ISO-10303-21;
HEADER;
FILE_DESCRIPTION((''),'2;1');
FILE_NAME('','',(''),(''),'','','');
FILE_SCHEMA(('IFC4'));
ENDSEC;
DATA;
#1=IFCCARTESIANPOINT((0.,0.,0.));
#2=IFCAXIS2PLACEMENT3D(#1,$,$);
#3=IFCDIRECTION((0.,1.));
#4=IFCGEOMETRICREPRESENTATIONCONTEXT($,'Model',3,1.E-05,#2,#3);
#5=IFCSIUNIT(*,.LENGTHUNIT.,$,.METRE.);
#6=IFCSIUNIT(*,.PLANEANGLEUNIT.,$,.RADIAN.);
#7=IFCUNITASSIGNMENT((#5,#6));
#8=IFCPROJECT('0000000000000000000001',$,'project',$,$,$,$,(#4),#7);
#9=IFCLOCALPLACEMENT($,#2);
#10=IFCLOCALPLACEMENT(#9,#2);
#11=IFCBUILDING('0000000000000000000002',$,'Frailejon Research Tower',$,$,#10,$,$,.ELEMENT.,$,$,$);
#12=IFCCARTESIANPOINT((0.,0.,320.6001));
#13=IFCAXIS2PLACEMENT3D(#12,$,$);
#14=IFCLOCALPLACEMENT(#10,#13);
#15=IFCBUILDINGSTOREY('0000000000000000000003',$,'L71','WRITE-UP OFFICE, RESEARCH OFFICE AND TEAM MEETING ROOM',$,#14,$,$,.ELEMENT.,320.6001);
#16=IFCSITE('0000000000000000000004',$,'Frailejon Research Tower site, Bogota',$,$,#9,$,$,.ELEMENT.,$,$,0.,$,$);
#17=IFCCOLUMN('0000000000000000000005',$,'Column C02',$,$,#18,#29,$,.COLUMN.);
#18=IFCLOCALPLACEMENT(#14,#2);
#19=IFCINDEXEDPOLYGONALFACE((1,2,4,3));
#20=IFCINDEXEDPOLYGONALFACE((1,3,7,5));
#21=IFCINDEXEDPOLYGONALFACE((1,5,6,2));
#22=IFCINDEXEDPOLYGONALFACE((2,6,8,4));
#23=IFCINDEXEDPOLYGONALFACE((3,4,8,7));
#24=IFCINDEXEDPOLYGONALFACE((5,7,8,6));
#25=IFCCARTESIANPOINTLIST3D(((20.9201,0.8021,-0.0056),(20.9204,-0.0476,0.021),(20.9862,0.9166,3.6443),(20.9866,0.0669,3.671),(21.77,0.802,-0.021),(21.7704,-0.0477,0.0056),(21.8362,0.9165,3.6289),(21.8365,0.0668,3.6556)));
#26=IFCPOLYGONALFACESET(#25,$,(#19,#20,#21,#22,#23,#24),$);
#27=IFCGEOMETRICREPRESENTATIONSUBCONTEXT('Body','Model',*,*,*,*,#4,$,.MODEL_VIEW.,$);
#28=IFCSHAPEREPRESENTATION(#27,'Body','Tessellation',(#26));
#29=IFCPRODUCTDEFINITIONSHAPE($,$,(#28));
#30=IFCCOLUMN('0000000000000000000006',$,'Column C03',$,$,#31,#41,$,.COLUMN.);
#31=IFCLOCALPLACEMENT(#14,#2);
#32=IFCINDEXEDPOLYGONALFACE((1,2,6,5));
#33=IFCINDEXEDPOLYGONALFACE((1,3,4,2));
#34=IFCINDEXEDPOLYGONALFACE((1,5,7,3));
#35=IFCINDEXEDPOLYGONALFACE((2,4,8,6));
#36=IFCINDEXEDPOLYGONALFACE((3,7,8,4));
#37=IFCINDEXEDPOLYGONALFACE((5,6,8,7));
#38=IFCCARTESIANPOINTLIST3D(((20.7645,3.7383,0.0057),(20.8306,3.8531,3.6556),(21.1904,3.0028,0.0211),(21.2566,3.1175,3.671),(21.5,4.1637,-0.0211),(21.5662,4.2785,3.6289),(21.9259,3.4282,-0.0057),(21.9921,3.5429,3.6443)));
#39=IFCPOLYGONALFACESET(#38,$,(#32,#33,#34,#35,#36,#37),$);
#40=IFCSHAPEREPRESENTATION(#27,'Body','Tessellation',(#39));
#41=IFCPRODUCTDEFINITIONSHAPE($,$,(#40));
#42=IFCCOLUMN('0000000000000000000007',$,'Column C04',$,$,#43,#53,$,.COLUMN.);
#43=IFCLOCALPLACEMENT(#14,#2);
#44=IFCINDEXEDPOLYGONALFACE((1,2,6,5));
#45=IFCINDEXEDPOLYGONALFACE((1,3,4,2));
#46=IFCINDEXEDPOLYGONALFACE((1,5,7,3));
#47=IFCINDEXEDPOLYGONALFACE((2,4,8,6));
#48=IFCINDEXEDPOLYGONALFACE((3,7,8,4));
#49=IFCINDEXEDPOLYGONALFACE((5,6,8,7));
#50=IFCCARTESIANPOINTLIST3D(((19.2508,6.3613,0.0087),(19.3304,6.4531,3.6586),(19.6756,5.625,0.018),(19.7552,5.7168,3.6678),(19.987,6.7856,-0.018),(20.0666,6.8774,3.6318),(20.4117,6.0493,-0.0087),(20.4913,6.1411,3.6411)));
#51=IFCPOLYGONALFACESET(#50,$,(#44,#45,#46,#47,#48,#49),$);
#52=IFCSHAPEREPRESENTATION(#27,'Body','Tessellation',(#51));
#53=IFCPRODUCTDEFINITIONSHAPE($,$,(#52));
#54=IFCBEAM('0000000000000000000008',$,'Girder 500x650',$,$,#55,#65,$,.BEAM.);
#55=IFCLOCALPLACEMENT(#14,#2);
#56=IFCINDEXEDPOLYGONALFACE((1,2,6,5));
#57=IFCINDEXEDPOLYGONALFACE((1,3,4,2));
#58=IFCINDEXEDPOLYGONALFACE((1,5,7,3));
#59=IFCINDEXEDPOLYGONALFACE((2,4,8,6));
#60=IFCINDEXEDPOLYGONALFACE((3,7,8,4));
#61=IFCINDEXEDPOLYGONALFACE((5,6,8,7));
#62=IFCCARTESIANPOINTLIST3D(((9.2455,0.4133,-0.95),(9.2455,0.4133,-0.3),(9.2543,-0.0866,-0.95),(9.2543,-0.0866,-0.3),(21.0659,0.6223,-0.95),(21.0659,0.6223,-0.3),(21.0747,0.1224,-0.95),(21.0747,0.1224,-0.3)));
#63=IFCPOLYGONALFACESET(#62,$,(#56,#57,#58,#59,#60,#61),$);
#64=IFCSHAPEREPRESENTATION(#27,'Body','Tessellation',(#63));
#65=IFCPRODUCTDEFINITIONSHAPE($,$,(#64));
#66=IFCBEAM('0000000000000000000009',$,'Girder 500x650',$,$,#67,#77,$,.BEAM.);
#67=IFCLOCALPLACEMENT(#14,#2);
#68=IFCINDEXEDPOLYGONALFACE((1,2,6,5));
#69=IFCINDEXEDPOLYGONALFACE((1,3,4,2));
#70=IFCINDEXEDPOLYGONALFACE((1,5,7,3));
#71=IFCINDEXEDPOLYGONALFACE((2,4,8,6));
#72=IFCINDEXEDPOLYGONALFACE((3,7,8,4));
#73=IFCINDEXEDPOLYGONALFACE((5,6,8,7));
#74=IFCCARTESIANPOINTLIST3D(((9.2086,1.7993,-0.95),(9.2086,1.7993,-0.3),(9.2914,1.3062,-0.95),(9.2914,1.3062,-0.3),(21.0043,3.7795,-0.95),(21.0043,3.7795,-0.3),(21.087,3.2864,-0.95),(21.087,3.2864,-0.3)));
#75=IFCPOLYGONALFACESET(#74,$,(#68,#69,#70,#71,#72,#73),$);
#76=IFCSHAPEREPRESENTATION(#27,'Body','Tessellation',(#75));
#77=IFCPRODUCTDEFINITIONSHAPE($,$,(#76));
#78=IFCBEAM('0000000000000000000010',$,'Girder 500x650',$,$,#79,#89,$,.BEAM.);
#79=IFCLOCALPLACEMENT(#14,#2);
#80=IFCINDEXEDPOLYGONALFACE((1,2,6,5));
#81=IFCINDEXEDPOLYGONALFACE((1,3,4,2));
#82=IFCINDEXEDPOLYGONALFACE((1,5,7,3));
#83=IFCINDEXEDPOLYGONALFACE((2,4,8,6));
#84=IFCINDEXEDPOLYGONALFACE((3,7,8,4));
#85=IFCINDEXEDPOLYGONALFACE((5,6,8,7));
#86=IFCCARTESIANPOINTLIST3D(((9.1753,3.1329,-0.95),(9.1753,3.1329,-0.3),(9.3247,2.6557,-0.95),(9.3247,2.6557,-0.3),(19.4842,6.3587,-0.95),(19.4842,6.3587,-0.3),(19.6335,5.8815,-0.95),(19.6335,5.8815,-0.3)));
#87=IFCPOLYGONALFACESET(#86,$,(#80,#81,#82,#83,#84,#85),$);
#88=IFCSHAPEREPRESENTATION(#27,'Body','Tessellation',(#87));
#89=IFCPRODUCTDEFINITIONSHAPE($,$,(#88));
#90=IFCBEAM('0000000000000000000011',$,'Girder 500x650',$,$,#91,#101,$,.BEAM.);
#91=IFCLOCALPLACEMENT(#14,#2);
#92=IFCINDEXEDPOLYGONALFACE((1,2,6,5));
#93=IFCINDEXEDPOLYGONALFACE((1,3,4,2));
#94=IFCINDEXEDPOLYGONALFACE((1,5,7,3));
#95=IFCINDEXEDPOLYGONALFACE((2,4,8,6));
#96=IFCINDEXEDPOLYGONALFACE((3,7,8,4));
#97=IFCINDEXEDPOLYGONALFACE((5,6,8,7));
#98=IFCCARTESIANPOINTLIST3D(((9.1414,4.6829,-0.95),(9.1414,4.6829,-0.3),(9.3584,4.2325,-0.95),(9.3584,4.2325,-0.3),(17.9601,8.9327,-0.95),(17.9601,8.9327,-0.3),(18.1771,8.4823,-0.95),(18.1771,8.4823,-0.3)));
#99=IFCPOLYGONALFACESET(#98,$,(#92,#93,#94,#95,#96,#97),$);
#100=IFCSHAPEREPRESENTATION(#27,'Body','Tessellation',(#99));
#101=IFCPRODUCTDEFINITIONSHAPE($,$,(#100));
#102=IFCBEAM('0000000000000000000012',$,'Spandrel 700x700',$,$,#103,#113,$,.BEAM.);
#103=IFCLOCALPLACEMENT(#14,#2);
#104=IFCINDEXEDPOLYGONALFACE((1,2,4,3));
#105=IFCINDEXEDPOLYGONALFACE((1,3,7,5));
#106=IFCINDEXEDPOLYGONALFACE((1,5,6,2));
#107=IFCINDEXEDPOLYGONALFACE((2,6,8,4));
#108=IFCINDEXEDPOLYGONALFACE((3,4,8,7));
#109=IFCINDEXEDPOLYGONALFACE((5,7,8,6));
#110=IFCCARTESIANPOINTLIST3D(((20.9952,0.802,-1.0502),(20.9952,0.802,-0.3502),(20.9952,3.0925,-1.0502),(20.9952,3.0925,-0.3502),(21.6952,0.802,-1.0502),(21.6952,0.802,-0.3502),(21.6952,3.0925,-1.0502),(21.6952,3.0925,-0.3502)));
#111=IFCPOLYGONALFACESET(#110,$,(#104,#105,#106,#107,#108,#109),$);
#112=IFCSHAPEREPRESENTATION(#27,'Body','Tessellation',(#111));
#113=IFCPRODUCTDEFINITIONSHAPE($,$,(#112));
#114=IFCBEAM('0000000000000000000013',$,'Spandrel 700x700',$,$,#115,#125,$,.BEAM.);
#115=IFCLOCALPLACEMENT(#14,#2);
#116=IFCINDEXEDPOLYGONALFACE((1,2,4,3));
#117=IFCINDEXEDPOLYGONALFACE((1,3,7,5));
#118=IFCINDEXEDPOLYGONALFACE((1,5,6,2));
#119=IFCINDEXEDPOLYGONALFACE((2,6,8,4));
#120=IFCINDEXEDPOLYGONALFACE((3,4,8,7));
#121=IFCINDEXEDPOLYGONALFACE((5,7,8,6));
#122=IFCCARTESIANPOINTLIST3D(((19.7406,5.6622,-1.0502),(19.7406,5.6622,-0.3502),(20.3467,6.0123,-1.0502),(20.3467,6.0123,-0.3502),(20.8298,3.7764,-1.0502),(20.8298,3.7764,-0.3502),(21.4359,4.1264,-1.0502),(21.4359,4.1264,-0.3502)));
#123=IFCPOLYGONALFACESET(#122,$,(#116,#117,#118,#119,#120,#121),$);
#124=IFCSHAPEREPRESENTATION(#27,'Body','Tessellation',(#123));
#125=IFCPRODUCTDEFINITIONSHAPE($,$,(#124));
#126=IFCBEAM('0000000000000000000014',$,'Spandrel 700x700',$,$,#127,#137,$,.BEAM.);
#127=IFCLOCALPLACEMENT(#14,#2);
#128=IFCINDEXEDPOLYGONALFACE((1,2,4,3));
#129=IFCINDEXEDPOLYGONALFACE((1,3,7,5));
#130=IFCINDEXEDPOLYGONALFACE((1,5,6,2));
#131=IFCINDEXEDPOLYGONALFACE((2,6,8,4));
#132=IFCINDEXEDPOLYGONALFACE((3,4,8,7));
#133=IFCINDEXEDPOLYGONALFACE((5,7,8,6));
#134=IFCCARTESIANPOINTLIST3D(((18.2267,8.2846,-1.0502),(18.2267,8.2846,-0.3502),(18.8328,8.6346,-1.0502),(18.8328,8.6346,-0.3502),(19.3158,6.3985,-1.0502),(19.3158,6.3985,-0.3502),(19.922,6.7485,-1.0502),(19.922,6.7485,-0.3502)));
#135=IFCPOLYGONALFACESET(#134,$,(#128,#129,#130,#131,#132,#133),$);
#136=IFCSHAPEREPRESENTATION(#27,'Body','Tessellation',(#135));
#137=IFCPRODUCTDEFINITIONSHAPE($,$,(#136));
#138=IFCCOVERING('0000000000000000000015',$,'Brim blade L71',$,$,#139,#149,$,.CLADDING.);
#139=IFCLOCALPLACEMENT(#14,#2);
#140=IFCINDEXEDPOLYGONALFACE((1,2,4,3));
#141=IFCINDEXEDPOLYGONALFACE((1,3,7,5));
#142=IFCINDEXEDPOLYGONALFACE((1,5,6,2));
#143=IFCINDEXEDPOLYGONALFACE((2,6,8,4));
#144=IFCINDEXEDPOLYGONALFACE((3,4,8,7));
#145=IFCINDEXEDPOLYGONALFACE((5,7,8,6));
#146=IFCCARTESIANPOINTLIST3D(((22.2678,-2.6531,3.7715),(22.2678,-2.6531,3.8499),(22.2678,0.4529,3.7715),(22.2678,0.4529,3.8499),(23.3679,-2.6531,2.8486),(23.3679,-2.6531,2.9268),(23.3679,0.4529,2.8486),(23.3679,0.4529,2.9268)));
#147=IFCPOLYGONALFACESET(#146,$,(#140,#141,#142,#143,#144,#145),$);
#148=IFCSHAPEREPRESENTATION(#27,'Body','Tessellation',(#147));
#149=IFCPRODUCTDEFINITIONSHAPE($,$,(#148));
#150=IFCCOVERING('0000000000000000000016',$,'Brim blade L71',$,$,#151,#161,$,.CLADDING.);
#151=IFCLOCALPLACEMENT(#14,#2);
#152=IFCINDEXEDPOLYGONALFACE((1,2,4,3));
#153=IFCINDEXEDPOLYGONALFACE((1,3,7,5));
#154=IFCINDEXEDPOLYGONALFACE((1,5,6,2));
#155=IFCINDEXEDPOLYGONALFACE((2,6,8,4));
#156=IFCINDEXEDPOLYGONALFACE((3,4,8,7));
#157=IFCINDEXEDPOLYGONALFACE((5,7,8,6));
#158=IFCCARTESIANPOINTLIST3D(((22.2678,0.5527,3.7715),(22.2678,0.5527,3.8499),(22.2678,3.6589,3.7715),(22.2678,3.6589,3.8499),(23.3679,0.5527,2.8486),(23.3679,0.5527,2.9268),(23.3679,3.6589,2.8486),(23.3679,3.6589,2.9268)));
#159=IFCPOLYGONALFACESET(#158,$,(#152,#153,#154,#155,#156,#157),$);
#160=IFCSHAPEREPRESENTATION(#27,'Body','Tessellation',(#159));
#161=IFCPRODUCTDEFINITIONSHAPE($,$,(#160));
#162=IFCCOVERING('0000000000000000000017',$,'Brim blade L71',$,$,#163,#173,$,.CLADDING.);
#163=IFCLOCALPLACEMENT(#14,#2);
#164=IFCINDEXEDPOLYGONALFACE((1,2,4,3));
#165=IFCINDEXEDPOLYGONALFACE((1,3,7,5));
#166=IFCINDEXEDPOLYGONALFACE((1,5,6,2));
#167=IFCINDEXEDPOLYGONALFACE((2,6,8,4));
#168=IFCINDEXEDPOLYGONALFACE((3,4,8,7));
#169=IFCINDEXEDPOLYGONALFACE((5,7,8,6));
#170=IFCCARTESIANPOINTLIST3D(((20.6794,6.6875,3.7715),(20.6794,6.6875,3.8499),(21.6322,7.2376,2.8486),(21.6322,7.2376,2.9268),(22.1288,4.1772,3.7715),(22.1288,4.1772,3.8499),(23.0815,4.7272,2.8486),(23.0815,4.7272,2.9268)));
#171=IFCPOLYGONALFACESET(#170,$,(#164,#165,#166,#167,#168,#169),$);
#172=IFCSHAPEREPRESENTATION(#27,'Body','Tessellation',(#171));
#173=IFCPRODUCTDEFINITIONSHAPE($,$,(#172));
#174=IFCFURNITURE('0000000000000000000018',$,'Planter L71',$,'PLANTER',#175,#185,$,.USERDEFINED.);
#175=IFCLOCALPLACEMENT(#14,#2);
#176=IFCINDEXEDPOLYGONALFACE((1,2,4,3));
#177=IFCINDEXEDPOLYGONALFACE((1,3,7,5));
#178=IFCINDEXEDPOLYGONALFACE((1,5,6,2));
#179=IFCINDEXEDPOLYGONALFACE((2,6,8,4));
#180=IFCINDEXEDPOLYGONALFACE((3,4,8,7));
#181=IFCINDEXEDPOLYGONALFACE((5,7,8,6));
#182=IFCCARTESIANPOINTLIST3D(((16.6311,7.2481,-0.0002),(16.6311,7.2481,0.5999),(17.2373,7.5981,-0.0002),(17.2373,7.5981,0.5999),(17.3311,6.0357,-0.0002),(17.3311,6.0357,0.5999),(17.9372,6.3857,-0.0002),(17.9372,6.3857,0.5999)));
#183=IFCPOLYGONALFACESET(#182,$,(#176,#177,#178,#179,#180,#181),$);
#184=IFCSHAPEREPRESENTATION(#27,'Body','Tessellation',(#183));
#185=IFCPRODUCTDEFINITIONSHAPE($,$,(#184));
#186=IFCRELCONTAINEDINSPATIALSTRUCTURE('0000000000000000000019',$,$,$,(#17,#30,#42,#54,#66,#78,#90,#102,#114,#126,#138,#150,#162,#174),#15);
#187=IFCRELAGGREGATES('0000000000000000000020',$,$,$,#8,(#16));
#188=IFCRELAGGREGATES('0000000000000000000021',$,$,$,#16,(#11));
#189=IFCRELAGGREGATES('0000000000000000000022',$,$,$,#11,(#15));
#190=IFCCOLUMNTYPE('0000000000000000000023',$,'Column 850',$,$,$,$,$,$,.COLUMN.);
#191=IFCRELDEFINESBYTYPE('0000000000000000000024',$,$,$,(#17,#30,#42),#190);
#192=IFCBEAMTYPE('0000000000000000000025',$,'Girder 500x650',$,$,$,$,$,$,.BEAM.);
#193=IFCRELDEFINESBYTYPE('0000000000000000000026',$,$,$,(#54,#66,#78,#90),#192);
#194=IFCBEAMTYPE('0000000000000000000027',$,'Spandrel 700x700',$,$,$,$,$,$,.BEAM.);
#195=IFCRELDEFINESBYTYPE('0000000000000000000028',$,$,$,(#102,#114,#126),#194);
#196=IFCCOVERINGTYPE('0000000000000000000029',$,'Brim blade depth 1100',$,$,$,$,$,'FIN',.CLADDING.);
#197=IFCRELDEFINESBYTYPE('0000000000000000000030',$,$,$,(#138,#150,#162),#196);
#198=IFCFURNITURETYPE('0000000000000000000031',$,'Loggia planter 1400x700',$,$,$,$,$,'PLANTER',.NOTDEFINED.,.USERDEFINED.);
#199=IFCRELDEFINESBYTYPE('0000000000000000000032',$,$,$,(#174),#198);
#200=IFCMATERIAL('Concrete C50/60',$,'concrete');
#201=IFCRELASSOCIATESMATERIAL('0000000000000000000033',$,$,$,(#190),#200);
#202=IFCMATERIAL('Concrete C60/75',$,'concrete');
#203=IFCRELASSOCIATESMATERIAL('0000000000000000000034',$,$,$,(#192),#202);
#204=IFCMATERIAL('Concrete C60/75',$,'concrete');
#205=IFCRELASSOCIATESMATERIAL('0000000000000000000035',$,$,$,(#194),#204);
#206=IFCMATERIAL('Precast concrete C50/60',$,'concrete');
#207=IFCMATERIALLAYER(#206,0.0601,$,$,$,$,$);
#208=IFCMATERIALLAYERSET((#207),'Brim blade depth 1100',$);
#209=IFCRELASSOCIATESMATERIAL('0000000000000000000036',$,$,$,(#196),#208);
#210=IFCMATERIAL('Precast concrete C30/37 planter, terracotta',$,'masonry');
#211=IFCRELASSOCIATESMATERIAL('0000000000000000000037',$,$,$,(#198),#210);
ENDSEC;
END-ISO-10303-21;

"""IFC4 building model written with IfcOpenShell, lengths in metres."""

from ifc_helpers import new_model, si_unit, direction, frame, origin, origin_2d, place, context, subcontext, project, spatial, polyline, rectangle, outline, extrude, material, layer, layer_set, material_profile, profile_set, type_object, element, save


model = new_model("IFC4")

# Units and contexts
model_context = context("Model", 3, precision=1e-05, world=origin(), true_north=direction((0.0, 1.0)))
body_context = subcontext(model_context, "Body", "Model", "MODEL_VIEW")
ifc_project = project(units=[si_unit("LENGTHUNIT", "METRE"), si_unit("PLANEANGLEUNIT", "RADIAN")], contexts=[model_context])

# Site, building, storey
site_placement = place(None, origin())
site = spatial("IfcSite", under=ifc_project, at=site_placement, Name="Frailejon Research Tower site, Bogota", CompositionType="ELEMENT", RefElevation=0.0)
building_placement = place(site_placement, origin())
building = spatial("IfcBuilding", under=site, at=building_placement, Name="Frailejon Research Tower", CompositionType="ELEMENT")
storey_placement = place(building_placement, frame((0.0, 0.0, 320.6001)))
storey = spatial("IfcBuildingStorey", under=building, at=storey_placement, Name="L71", Description="WRITE-UP OFFICE, RESEARCH OFFICE AND TEAM MEETING ROOM", CompositionType="ELEMENT", Elevation=320.6001)

# Columns
ifc_material_1 = material(Name="Concrete C50/60", Category="concrete")
ifc_material_profile_1 = material_profile(ifc_material_1, rectangle(XDim=0.8501, YDim=0.8501, at=origin_2d()), Name="Column 850")
ifc_profile_set_1 = profile_set([ifc_material_profile_1], Name="Concrete C50/60")
column_type = type_object("IfcColumnType", Name="Column 850", PredefinedType="COLUMN", material=ifc_profile_set_1)
for number, where, z_axis, x_axis, name in (
    (1, (21.3452, 0.3772, 0.0), (0.018115, 0.031351, 0.999344), (-0.000375, 0.999508, -0.031349), "Column C02"),
    (2, (21.3452, 3.5833, 0.0), (0.018115, 0.031417, 0.999342), (-0.501041, 0.865234, -0.018119), "Column C03"),
):
    element("IfcColumn", number, at=place(storey_placement, frame(where, z_axis=z_axis, x_axis=x_axis)), inside=storey, type_object=column_type, Name=name, PredefinedType="COLUMN", context=body_context, shape_type="SweptSolid", body=[
        extrude(rectangle(XDim=0.8501, YDim=0.8501, at=origin_2d()), origin(), (0.0, 0.0, 1.0), 3.6523),
    ])
column_placement = place(storey_placement, frame((19.8313, 6.2053, 0.0), z_axis=(0.021794, 0.025137, 0.999446), x_axis=(-0.499665, 0.86615, -0.010888)))
element("IfcColumn", 3, at=column_placement, inside=storey, type_object=column_type, Name="Column C04", PredefinedType="COLUMN", context=body_context, shape_type="SweptSolid", body=[
    extrude(rectangle(XDim=0.8501, YDim=0.8501, at=origin_2d()), origin(), (0.0, 0.0, 1.0), 3.6519),
])

# Beams
ifc_material_2 = material(Name="Concrete C60/75", Category="concrete")
ifc_material_profile_2 = material_profile(ifc_material_2, rectangle(XDim=0.5, YDim=0.6499, at=origin_2d()), Name="Girder 500x650")
ifc_profile_set_2 = profile_set([ifc_material_profile_2], Name="Concrete C60/75")
beam_type_1 = type_object("IfcBeamType", Name="Girder 500x650", PredefinedType="BEAM", material=ifc_profile_set_2)
beam_1_placement = place(storey_placement, frame((21.0703, 0.3723, -0.625), z_axis=(-0.999844, -0.017677, 0.0), x_axis=(0.017677, -0.999844, 0.0)))
element("IfcBeam", 4, at=beam_1_placement, inside=storey, type_object=beam_type_1, Name="Girder 500x650", PredefinedType="BEAM", context=body_context, shape_type="SweptSolid", body=[
    extrude(rectangle(XDim=0.5, YDim=0.6499, at=origin_2d()), origin(), (0.0, 0.0, 1.0), 11.8223),
])
beam_2_placement = place(storey_placement, frame((21.0457, 3.533, -0.625), z_axis=(-0.9862, -0.165561, 0.0), x_axis=(0.165561, -0.9862, 0.0)))
element("IfcBeam", 5, at=beam_2_placement, inside=storey, type_object=beam_type_1, Name="Girder 500x650", PredefinedType="BEAM", context=body_context, shape_type="SweptSolid", body=[
    extrude(rectangle(XDim=0.5, YDim=0.6499, at=origin_2d()), origin(), (0.0, 0.0, 1.0), 11.9607),
])
beam_3_placement = place(storey_placement, frame((19.5588, 6.1201, -0.625), z_axis=(-0.954366, -0.298639, 0.0), x_axis=(0.298639, -0.954366, 0.0)))
element("IfcBeam", 6, at=beam_3_placement, inside=storey, type_object=beam_type_1, Name="Girder 500x650", PredefinedType="BEAM", context=body_context, shape_type="SweptSolid", body=[
    extrude(rectangle(XDim=0.5, YDim=0.6499, at=origin_2d()), origin(), (0.0, 0.0, 1.0), 10.8018),
])
beam_4_placement = place(storey_placement, frame((18.0686, 8.7075, -0.625), z_axis=(-0.900851, -0.434128, 0.0), x_axis=(0.434128, -0.900851, 0.0)))
element("IfcBeam", 7, at=beam_4_placement, inside=storey, type_object=beam_type_1, Name="Girder 500x650", PredefinedType="BEAM", context=body_context, shape_type="SweptSolid", body=[
    extrude(rectangle(XDim=0.5, YDim=0.6499, at=origin_2d()), origin(), (0.0, 0.0, 1.0), 9.7893),
])
ifc_material_3 = material(Name="Concrete C60/75", Category="concrete")
ifc_material_profile_3 = material_profile(ifc_material_3, rectangle(XDim=0.7, YDim=0.7, at=origin_2d()), Name="Spandrel 700x700")
ifc_profile_set_3 = profile_set([ifc_material_profile_3], Name="Concrete C60/75")
beam_type_2 = type_object("IfcBeamType", Name="Spandrel 700x700", PredefinedType="BEAM", material=ifc_profile_set_3)
beam_5_placement = place(storey_placement, frame((21.3452, 0.802, -0.7002), z_axis=(0.0, 1.0, 0.0), x_axis=(-1.0, 0.0, 0.0)))
element("IfcBeam", 8, at=beam_5_placement, inside=storey, type_object=beam_type_2, Name="Spandrel 700x700", PredefinedType="BEAM", context=body_context, shape_type="SweptSolid", body=[
    extrude(rectangle(XDim=0.7, YDim=0.7, at=origin_2d()), origin(), (0.0, 0.0, 1.0), 2.2905),
])
beam_6_placement = place(storey_placement, frame((21.1328, 3.9514, -0.7002), z_axis=(-0.50013, 0.86595, 0.0), x_axis=(-0.86595, -0.50013, 0.0)))
element("IfcBeam", 9, at=beam_6_placement, inside=storey, type_object=beam_type_2, Name="Spandrel 700x700", PredefinedType="BEAM", context=body_context, shape_type="SweptSolid", body=[
    extrude(rectangle(XDim=0.7, YDim=0.7, at=origin_2d()), origin(), (0.0, 0.0, 1.0), 2.1777),
])
beam_7_placement = place(storey_placement, frame((19.6189, 6.5735, -0.7002), z_axis=(-0.500081, 0.865978, 0.0), x_axis=(-0.865978, -0.500081, 0.0)))
element("IfcBeam", 10, at=beam_7_placement, inside=storey, type_object=beam_type_2, Name="Spandrel 700x700", PredefinedType="BEAM", context=body_context, shape_type="SweptSolid", body=[
    extrude(rectangle(XDim=0.7, YDim=0.7, at=origin_2d()), origin(), (0.0, 0.0, 1.0), 2.178),
])

# Coverings
ifc_material_4 = material(Name="Precast concrete C50/60", Category="concrete")
ifc_layer_1 = layer(ifc_material_4, 0.0601)
ifc_layer_set_1 = layer_set([ifc_layer_1], Name="Brim blade depth 1100")
covering_type = type_object("IfcCoveringType", Name="Brim blade depth 1100", ElementType="FIN", PredefinedType="CLADDING", material=ifc_layer_set_1)
covering_1_placement = place(storey_placement, frame((22.2678, 0.4529, 3.8499), z_axis=(0.0, -1.0, 0.0), x_axis=(1.0, 0.0, 0.0)))
element("IfcCovering", 11, at=covering_1_placement, inside=storey, type_object=covering_type, Name="Brim blade L71", PredefinedType="CLADDING", context=body_context, shape_type="SweptSolid", body=[
    extrude(outline(polyline([(0.0, -0.0784), (1.1001, -1.0012), (1.1001, -0.9231), (0.0, 0.0), (0.0, -0.0784)])), origin(), (0.0, 0.0, 1.0), 3.106),
])
covering_2_placement = place(storey_placement, frame((22.2678, 3.6589, 3.8499), z_axis=(0.0, -1.0, 0.0), x_axis=(1.0, 0.0, 0.0)))
element("IfcCovering", 12, at=covering_2_placement, inside=storey, type_object=covering_type, Name="Brim blade L71", PredefinedType="CLADDING", context=body_context, shape_type="SweptSolid", body=[
    extrude(outline(polyline([(0.0, -0.0784), (1.1001, -1.0012), (1.1001, -0.9231), (0.0, 0.0), (0.0, -0.0784)])), origin(), (0.0, 0.0, 1.0), 3.1062),
])
covering_3_placement = place(storey_placement, frame((20.6794, 6.6875, 3.8499), z_axis=(0.500005, -0.866022, 0.0), x_axis=(0.866022, 0.500005, 0.0)))
element("IfcCovering", 13, at=covering_3_placement, inside=storey, type_object=covering_type, Name="Brim blade L71", PredefinedType="CLADDING", context=body_context, shape_type="SweptSolid", body=[
    extrude(outline(polyline([(0.0, -0.0784), (1.1001, -1.0012), (1.1001, -0.9231), (0.0, 0.0), (0.0, -0.0784)])), origin(), (0.0, 0.0, 1.0), 2.8987),
])

# Furniture
ifc_material_5 = material(Name="Precast concrete C30/37 planter, terracotta", Category="masonry")
furniture_type = type_object("IfcFurnitureType", Name="Loggia planter 1400x700", ElementType="PLANTER", AssemblyPlace="NOTDEFINED", PredefinedType="USERDEFINED", material=ifc_material_5)
furniture_placement = place(storey_placement, frame((17.2842, 6.8169, -0.0002), z_axis=(0.0, 0.0, 1.0), x_axis=(-0.5, 0.866025, 0.0)))
element("IfcFurniture", 14, at=furniture_placement, inside=storey, type_object=furniture_type, Name="Planter L71", ObjectType="PLANTER", PredefinedType="USERDEFINED", context=body_context, shape_type="SweptSolid", body=[
    extrude(rectangle(XDim=1.3999, YDim=0.7, at=origin_2d()), origin(), (0.0, 0.0, 1.0), 0.6001),
])

save(model, "model.ifc")
